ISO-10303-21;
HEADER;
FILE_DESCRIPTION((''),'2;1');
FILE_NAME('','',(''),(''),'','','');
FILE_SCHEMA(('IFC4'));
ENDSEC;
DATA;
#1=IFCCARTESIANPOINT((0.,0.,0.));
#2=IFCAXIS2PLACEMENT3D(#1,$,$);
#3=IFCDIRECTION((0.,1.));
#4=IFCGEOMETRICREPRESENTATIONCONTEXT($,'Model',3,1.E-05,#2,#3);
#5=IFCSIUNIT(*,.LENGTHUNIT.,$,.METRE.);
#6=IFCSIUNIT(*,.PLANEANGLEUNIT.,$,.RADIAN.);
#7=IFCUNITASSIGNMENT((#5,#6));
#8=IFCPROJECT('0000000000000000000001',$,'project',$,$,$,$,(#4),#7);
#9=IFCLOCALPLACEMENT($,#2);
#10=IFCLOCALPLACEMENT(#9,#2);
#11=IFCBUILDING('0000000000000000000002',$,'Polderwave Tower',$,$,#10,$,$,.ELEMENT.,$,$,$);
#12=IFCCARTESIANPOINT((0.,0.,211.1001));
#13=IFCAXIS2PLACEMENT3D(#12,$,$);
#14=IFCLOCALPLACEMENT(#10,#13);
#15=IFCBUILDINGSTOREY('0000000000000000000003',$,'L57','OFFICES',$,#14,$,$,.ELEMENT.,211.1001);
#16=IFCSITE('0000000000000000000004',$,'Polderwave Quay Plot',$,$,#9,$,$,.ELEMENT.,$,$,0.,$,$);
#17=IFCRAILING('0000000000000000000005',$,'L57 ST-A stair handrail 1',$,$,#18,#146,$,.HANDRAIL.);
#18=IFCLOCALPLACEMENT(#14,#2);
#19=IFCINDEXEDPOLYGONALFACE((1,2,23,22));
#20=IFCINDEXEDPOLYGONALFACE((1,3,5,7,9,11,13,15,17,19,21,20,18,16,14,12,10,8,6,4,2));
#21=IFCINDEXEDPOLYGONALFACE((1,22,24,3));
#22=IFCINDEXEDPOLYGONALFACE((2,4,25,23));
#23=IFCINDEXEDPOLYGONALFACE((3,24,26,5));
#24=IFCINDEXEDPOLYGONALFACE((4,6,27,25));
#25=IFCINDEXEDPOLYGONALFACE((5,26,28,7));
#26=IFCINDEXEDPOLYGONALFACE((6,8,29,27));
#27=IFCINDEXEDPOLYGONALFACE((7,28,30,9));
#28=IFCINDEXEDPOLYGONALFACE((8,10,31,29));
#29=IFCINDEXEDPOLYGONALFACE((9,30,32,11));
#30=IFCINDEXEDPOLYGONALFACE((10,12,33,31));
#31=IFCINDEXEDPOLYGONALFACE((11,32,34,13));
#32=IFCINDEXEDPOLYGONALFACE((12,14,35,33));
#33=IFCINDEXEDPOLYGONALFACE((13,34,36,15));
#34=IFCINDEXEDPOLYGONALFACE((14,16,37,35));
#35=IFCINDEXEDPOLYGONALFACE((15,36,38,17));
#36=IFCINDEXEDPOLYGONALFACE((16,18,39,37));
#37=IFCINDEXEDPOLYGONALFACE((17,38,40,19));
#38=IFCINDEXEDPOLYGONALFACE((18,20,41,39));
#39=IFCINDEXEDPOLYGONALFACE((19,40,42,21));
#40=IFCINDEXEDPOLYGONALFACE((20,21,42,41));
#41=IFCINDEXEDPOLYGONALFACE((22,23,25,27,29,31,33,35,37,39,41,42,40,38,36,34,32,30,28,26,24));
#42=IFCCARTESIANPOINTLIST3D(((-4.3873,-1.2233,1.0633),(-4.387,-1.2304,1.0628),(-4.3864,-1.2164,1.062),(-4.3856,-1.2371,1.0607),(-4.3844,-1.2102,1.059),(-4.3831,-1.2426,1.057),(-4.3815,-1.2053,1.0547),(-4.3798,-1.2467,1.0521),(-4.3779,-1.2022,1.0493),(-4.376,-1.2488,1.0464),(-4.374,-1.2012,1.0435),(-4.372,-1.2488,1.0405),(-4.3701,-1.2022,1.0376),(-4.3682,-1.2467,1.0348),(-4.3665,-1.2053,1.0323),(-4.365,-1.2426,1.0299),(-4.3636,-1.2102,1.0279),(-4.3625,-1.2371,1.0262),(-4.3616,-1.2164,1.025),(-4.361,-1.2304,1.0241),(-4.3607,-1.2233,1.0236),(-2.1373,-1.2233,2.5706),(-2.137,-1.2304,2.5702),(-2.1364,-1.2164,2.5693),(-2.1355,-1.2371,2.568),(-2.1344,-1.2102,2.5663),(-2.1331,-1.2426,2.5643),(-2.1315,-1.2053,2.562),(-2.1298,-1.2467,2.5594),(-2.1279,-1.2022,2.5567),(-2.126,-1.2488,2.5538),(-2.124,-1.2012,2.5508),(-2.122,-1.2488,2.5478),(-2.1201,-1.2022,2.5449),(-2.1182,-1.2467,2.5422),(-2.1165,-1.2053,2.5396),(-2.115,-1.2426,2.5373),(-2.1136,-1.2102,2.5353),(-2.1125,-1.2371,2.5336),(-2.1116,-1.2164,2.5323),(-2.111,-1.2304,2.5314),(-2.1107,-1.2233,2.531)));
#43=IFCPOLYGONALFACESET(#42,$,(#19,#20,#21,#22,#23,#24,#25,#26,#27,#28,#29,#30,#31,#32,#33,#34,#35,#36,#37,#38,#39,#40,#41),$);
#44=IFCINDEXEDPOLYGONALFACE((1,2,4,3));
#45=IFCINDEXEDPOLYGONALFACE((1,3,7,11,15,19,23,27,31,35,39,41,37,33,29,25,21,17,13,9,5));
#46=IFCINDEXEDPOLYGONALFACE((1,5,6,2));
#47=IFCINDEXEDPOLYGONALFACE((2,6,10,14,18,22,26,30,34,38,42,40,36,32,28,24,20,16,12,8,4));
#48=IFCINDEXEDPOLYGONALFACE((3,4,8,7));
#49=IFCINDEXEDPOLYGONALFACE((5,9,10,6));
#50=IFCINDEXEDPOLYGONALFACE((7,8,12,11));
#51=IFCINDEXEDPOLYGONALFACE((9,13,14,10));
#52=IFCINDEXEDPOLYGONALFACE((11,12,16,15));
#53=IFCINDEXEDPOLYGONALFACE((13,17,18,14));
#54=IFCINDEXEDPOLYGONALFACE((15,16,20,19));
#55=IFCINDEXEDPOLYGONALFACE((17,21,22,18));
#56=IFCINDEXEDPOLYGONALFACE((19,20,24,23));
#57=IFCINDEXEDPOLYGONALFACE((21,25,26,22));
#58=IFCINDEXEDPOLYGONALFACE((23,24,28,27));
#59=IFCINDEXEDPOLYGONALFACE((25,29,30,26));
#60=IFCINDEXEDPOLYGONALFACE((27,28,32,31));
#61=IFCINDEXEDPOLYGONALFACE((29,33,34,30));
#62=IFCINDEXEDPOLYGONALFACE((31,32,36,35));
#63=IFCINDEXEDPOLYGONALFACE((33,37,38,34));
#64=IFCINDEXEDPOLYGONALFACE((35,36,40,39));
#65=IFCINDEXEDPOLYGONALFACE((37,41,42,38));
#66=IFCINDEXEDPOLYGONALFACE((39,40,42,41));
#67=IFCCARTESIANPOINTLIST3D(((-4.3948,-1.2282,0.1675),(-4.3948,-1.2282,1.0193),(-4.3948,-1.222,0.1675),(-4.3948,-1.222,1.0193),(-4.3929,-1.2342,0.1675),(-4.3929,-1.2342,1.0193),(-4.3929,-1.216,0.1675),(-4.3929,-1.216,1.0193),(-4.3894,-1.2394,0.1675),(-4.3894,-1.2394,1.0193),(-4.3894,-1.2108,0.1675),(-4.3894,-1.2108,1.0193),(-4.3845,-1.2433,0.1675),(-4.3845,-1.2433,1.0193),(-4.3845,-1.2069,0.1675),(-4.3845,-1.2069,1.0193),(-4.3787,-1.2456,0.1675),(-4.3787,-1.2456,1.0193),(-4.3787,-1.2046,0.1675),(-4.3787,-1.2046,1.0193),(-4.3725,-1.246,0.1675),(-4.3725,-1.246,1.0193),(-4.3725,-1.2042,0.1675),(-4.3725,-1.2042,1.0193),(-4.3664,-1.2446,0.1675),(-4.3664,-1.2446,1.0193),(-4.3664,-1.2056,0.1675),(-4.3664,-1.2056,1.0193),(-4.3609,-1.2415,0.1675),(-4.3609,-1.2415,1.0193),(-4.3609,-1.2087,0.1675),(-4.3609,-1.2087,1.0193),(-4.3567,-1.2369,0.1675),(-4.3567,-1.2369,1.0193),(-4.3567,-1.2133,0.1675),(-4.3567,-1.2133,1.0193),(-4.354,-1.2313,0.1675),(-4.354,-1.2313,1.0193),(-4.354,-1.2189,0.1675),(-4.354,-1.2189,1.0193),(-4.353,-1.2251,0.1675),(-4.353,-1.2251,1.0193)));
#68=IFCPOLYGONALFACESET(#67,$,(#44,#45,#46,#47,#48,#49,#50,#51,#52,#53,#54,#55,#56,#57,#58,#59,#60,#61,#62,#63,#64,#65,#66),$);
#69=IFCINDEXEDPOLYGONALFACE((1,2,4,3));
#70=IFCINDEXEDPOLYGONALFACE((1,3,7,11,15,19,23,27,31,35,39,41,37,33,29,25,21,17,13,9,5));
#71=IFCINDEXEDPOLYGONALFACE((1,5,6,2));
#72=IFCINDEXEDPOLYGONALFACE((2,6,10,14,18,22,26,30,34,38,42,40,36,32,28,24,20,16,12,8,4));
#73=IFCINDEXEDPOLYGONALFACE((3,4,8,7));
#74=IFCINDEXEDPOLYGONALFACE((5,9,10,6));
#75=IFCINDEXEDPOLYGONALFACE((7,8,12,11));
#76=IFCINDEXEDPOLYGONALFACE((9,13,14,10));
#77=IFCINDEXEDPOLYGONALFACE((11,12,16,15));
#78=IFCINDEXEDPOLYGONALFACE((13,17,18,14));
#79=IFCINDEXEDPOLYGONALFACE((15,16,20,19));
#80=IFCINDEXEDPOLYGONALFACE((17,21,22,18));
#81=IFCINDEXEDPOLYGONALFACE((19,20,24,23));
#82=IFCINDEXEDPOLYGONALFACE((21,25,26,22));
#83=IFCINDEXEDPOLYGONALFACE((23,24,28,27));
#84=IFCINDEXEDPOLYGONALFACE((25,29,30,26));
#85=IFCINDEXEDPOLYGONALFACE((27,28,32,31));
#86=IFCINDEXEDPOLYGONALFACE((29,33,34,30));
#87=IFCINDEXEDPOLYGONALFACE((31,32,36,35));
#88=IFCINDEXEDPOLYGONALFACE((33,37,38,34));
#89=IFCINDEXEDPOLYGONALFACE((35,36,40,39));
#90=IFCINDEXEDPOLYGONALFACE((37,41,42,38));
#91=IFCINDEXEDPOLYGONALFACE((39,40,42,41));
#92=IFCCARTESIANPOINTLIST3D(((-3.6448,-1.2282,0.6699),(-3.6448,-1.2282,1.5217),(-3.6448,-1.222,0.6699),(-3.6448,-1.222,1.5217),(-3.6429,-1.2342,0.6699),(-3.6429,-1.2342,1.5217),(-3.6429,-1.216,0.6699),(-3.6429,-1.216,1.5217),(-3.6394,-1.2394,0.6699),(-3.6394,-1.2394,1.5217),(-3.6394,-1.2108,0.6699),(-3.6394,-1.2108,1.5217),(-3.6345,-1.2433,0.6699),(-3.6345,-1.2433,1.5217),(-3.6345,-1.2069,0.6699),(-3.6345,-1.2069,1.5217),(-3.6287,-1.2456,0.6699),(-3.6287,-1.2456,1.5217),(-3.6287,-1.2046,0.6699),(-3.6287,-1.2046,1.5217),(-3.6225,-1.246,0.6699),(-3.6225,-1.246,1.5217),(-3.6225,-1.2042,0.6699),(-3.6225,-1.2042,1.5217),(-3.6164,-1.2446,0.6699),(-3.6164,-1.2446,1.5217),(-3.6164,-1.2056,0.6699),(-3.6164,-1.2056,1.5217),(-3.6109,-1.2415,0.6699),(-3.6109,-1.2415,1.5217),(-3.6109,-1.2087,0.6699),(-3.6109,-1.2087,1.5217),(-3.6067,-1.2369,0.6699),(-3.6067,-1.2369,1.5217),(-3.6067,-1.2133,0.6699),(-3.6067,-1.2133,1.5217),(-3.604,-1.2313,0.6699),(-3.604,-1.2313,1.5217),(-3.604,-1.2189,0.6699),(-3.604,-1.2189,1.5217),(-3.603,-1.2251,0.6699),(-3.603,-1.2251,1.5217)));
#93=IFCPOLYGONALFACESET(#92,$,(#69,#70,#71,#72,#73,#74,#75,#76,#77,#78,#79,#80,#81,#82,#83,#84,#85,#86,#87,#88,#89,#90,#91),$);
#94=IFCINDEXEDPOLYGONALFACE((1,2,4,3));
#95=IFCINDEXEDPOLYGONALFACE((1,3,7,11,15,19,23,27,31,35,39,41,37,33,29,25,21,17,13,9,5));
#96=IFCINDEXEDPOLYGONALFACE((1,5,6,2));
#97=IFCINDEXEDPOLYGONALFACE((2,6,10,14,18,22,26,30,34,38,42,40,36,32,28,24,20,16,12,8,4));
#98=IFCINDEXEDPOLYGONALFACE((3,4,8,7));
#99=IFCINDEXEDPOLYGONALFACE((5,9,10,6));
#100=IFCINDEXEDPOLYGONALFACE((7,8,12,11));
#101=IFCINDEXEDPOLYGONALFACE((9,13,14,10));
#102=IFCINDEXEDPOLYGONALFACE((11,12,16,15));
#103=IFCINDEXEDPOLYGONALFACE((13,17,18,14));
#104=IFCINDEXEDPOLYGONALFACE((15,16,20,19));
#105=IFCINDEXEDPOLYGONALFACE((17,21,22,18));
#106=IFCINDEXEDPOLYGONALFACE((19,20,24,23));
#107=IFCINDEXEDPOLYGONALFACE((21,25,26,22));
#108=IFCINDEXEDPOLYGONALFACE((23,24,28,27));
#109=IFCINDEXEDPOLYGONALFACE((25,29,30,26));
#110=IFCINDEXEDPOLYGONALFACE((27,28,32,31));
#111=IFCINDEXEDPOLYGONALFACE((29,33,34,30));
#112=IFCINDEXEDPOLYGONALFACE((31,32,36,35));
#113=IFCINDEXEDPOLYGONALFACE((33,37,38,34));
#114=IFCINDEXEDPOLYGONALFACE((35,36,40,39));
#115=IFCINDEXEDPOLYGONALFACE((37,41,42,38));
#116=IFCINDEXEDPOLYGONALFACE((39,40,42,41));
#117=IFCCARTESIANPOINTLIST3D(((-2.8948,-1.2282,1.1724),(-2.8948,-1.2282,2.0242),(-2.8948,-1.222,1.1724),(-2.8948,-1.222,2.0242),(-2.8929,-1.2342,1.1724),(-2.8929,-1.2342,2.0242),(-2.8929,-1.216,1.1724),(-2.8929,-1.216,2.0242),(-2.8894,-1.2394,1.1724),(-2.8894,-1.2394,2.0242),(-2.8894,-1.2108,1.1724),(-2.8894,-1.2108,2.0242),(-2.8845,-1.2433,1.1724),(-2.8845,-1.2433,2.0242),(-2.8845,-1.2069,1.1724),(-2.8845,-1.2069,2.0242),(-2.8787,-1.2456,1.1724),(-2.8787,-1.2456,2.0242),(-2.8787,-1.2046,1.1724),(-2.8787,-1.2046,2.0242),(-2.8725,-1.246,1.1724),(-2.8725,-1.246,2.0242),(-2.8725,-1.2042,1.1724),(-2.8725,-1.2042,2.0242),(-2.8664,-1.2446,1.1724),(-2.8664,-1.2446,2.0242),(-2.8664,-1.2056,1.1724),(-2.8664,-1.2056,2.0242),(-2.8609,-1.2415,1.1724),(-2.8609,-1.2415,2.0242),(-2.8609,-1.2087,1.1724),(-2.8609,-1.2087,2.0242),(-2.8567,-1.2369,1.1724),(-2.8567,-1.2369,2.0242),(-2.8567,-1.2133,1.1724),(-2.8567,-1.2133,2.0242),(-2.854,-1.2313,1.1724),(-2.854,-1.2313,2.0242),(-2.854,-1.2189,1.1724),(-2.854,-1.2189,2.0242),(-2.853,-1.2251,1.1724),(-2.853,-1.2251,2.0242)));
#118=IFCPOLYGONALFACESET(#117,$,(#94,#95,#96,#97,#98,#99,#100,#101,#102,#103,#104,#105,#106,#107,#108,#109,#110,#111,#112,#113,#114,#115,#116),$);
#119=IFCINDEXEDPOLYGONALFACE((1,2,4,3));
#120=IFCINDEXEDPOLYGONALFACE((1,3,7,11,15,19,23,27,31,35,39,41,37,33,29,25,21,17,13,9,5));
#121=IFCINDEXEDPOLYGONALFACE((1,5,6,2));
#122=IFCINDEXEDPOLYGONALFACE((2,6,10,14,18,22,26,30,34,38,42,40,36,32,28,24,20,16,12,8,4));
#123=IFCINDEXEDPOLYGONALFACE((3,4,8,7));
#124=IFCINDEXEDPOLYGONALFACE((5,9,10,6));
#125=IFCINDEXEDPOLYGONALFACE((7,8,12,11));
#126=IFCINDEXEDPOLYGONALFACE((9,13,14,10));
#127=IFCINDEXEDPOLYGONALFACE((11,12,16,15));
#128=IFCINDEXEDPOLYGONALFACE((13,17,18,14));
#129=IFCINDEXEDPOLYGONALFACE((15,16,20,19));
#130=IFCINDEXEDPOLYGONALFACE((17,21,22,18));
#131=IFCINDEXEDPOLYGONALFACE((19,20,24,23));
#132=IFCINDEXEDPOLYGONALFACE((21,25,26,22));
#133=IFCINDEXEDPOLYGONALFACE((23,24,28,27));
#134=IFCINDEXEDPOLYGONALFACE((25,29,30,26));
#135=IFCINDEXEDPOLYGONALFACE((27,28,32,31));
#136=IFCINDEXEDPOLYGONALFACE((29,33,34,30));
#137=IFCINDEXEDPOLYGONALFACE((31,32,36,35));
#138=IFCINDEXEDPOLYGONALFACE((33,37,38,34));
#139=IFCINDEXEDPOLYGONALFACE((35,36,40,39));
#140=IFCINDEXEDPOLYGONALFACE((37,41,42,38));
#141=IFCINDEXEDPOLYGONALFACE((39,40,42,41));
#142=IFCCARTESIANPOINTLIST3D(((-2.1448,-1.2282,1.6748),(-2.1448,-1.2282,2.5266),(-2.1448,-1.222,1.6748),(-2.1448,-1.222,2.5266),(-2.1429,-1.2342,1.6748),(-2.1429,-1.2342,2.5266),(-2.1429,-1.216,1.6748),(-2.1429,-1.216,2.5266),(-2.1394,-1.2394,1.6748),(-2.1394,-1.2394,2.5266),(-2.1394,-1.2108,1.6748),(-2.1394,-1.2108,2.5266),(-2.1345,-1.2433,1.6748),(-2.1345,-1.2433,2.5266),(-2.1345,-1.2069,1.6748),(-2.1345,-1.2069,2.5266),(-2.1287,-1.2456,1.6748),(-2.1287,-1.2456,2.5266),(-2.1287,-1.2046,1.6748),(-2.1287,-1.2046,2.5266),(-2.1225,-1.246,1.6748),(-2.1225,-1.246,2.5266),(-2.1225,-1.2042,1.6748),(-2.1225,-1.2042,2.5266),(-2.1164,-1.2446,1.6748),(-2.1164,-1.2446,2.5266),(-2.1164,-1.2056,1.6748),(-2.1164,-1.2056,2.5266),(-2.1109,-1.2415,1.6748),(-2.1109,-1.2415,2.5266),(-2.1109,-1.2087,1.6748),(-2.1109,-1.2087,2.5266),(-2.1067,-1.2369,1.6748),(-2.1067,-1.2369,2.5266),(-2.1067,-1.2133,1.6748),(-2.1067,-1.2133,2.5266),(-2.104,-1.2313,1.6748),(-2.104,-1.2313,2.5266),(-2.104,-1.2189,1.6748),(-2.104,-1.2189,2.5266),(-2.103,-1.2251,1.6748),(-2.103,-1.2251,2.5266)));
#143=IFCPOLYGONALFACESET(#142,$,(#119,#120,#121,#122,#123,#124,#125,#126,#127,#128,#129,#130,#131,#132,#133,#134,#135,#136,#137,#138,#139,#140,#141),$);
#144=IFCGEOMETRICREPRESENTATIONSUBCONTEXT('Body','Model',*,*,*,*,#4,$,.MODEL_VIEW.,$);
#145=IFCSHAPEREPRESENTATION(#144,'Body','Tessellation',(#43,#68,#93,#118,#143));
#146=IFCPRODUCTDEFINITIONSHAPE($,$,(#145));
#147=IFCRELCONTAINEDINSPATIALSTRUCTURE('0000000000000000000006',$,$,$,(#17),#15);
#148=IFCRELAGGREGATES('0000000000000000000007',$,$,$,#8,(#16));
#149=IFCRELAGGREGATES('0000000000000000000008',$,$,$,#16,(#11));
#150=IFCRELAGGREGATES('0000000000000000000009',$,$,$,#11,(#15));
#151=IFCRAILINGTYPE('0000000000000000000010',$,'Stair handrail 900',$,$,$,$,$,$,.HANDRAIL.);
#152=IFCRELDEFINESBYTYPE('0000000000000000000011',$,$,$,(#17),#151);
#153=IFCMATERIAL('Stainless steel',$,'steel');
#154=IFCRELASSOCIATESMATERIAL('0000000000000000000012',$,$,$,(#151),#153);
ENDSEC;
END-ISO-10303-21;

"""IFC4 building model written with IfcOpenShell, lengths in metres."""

from ifc_helpers import new_model, si_unit, direction, frame, origin, origin_2d, place, context, subcontext, project, spatial, circle, extrude, material, type_object, element, save


model = new_model("IFC4")

# Units and contexts
model_context = context("Model", 3, precision=1e-05, world=origin(), true_north=direction((0.0, 1.0)))
body_context = subcontext(model_context, "Body", "Model", "MODEL_VIEW")
ifc_project = project(units=[si_unit("LENGTHUNIT", "METRE"), si_unit("PLANEANGLEUNIT", "RADIAN")], contexts=[model_context])

# Site, building, storey
site_placement = place(None, origin())
site = spatial("IfcSite", under=ifc_project, at=site_placement, Name="Polderwave Quay Plot", CompositionType="ELEMENT", RefElevation=0.0)
building_placement = place(site_placement, origin())
building = spatial("IfcBuilding", under=site, at=building_placement, Name="Polderwave Tower", CompositionType="ELEMENT")
storey_placement = place(building_placement, frame((0.0, 0.0, 211.1001)))
storey = spatial("IfcBuildingStorey", under=building, at=storey_placement, Name="L57", Description="OFFICES", CompositionType="ELEMENT", Elevation=211.1001)

# Shared definitions
ifc_material_1 = material(Name="Stainless steel", Category="steel")

# Railing
railing_type_1 = type_object("IfcRailingType", Name="Stair handrail 900", PredefinedType="HANDRAIL", material=ifc_material_1)
railing_1_placement = place(storey_placement, frame((-4.374, -1.2251, 0.1675)))
element("IfcRailing", 1, at=railing_1_placement, inside=storey, type_object=railing_type_1, Name="L57 ST-A stair handrail 1", PredefinedType="HANDRAIL", context=body_context, shape_type="SweptSolid", body=[
    extrude(circle(Radius=0.0239, at=origin_2d()), frame((0.0, 0.0, 0.876), z_axis=(0.8308, 0.0, 0.556571), x_axis=(0.0, 1.0, 0.0)), (0.0, 0.0, 1.0), 2.7083),
    extrude(circle(Radius=0.021, at=origin_2d()), origin(), (0.0, 0.0, 1.0), 0.8518),
    extrude(circle(Radius=0.021, at=origin_2d()), frame((0.75, 0.0, 0.5024)), (0.0, 0.0, 1.0), 0.8518),
    extrude(circle(Radius=0.021, at=origin_2d()), frame((1.5, 0.0, 1.0049)), (0.0, 0.0, 1.0), 0.8518),
    extrude(circle(Radius=0.021, at=origin_2d()), frame((2.25, 0.0, 1.5073)), (0.0, 0.0, 1.0), 0.8518),
])

save(model, "model.ifc")
